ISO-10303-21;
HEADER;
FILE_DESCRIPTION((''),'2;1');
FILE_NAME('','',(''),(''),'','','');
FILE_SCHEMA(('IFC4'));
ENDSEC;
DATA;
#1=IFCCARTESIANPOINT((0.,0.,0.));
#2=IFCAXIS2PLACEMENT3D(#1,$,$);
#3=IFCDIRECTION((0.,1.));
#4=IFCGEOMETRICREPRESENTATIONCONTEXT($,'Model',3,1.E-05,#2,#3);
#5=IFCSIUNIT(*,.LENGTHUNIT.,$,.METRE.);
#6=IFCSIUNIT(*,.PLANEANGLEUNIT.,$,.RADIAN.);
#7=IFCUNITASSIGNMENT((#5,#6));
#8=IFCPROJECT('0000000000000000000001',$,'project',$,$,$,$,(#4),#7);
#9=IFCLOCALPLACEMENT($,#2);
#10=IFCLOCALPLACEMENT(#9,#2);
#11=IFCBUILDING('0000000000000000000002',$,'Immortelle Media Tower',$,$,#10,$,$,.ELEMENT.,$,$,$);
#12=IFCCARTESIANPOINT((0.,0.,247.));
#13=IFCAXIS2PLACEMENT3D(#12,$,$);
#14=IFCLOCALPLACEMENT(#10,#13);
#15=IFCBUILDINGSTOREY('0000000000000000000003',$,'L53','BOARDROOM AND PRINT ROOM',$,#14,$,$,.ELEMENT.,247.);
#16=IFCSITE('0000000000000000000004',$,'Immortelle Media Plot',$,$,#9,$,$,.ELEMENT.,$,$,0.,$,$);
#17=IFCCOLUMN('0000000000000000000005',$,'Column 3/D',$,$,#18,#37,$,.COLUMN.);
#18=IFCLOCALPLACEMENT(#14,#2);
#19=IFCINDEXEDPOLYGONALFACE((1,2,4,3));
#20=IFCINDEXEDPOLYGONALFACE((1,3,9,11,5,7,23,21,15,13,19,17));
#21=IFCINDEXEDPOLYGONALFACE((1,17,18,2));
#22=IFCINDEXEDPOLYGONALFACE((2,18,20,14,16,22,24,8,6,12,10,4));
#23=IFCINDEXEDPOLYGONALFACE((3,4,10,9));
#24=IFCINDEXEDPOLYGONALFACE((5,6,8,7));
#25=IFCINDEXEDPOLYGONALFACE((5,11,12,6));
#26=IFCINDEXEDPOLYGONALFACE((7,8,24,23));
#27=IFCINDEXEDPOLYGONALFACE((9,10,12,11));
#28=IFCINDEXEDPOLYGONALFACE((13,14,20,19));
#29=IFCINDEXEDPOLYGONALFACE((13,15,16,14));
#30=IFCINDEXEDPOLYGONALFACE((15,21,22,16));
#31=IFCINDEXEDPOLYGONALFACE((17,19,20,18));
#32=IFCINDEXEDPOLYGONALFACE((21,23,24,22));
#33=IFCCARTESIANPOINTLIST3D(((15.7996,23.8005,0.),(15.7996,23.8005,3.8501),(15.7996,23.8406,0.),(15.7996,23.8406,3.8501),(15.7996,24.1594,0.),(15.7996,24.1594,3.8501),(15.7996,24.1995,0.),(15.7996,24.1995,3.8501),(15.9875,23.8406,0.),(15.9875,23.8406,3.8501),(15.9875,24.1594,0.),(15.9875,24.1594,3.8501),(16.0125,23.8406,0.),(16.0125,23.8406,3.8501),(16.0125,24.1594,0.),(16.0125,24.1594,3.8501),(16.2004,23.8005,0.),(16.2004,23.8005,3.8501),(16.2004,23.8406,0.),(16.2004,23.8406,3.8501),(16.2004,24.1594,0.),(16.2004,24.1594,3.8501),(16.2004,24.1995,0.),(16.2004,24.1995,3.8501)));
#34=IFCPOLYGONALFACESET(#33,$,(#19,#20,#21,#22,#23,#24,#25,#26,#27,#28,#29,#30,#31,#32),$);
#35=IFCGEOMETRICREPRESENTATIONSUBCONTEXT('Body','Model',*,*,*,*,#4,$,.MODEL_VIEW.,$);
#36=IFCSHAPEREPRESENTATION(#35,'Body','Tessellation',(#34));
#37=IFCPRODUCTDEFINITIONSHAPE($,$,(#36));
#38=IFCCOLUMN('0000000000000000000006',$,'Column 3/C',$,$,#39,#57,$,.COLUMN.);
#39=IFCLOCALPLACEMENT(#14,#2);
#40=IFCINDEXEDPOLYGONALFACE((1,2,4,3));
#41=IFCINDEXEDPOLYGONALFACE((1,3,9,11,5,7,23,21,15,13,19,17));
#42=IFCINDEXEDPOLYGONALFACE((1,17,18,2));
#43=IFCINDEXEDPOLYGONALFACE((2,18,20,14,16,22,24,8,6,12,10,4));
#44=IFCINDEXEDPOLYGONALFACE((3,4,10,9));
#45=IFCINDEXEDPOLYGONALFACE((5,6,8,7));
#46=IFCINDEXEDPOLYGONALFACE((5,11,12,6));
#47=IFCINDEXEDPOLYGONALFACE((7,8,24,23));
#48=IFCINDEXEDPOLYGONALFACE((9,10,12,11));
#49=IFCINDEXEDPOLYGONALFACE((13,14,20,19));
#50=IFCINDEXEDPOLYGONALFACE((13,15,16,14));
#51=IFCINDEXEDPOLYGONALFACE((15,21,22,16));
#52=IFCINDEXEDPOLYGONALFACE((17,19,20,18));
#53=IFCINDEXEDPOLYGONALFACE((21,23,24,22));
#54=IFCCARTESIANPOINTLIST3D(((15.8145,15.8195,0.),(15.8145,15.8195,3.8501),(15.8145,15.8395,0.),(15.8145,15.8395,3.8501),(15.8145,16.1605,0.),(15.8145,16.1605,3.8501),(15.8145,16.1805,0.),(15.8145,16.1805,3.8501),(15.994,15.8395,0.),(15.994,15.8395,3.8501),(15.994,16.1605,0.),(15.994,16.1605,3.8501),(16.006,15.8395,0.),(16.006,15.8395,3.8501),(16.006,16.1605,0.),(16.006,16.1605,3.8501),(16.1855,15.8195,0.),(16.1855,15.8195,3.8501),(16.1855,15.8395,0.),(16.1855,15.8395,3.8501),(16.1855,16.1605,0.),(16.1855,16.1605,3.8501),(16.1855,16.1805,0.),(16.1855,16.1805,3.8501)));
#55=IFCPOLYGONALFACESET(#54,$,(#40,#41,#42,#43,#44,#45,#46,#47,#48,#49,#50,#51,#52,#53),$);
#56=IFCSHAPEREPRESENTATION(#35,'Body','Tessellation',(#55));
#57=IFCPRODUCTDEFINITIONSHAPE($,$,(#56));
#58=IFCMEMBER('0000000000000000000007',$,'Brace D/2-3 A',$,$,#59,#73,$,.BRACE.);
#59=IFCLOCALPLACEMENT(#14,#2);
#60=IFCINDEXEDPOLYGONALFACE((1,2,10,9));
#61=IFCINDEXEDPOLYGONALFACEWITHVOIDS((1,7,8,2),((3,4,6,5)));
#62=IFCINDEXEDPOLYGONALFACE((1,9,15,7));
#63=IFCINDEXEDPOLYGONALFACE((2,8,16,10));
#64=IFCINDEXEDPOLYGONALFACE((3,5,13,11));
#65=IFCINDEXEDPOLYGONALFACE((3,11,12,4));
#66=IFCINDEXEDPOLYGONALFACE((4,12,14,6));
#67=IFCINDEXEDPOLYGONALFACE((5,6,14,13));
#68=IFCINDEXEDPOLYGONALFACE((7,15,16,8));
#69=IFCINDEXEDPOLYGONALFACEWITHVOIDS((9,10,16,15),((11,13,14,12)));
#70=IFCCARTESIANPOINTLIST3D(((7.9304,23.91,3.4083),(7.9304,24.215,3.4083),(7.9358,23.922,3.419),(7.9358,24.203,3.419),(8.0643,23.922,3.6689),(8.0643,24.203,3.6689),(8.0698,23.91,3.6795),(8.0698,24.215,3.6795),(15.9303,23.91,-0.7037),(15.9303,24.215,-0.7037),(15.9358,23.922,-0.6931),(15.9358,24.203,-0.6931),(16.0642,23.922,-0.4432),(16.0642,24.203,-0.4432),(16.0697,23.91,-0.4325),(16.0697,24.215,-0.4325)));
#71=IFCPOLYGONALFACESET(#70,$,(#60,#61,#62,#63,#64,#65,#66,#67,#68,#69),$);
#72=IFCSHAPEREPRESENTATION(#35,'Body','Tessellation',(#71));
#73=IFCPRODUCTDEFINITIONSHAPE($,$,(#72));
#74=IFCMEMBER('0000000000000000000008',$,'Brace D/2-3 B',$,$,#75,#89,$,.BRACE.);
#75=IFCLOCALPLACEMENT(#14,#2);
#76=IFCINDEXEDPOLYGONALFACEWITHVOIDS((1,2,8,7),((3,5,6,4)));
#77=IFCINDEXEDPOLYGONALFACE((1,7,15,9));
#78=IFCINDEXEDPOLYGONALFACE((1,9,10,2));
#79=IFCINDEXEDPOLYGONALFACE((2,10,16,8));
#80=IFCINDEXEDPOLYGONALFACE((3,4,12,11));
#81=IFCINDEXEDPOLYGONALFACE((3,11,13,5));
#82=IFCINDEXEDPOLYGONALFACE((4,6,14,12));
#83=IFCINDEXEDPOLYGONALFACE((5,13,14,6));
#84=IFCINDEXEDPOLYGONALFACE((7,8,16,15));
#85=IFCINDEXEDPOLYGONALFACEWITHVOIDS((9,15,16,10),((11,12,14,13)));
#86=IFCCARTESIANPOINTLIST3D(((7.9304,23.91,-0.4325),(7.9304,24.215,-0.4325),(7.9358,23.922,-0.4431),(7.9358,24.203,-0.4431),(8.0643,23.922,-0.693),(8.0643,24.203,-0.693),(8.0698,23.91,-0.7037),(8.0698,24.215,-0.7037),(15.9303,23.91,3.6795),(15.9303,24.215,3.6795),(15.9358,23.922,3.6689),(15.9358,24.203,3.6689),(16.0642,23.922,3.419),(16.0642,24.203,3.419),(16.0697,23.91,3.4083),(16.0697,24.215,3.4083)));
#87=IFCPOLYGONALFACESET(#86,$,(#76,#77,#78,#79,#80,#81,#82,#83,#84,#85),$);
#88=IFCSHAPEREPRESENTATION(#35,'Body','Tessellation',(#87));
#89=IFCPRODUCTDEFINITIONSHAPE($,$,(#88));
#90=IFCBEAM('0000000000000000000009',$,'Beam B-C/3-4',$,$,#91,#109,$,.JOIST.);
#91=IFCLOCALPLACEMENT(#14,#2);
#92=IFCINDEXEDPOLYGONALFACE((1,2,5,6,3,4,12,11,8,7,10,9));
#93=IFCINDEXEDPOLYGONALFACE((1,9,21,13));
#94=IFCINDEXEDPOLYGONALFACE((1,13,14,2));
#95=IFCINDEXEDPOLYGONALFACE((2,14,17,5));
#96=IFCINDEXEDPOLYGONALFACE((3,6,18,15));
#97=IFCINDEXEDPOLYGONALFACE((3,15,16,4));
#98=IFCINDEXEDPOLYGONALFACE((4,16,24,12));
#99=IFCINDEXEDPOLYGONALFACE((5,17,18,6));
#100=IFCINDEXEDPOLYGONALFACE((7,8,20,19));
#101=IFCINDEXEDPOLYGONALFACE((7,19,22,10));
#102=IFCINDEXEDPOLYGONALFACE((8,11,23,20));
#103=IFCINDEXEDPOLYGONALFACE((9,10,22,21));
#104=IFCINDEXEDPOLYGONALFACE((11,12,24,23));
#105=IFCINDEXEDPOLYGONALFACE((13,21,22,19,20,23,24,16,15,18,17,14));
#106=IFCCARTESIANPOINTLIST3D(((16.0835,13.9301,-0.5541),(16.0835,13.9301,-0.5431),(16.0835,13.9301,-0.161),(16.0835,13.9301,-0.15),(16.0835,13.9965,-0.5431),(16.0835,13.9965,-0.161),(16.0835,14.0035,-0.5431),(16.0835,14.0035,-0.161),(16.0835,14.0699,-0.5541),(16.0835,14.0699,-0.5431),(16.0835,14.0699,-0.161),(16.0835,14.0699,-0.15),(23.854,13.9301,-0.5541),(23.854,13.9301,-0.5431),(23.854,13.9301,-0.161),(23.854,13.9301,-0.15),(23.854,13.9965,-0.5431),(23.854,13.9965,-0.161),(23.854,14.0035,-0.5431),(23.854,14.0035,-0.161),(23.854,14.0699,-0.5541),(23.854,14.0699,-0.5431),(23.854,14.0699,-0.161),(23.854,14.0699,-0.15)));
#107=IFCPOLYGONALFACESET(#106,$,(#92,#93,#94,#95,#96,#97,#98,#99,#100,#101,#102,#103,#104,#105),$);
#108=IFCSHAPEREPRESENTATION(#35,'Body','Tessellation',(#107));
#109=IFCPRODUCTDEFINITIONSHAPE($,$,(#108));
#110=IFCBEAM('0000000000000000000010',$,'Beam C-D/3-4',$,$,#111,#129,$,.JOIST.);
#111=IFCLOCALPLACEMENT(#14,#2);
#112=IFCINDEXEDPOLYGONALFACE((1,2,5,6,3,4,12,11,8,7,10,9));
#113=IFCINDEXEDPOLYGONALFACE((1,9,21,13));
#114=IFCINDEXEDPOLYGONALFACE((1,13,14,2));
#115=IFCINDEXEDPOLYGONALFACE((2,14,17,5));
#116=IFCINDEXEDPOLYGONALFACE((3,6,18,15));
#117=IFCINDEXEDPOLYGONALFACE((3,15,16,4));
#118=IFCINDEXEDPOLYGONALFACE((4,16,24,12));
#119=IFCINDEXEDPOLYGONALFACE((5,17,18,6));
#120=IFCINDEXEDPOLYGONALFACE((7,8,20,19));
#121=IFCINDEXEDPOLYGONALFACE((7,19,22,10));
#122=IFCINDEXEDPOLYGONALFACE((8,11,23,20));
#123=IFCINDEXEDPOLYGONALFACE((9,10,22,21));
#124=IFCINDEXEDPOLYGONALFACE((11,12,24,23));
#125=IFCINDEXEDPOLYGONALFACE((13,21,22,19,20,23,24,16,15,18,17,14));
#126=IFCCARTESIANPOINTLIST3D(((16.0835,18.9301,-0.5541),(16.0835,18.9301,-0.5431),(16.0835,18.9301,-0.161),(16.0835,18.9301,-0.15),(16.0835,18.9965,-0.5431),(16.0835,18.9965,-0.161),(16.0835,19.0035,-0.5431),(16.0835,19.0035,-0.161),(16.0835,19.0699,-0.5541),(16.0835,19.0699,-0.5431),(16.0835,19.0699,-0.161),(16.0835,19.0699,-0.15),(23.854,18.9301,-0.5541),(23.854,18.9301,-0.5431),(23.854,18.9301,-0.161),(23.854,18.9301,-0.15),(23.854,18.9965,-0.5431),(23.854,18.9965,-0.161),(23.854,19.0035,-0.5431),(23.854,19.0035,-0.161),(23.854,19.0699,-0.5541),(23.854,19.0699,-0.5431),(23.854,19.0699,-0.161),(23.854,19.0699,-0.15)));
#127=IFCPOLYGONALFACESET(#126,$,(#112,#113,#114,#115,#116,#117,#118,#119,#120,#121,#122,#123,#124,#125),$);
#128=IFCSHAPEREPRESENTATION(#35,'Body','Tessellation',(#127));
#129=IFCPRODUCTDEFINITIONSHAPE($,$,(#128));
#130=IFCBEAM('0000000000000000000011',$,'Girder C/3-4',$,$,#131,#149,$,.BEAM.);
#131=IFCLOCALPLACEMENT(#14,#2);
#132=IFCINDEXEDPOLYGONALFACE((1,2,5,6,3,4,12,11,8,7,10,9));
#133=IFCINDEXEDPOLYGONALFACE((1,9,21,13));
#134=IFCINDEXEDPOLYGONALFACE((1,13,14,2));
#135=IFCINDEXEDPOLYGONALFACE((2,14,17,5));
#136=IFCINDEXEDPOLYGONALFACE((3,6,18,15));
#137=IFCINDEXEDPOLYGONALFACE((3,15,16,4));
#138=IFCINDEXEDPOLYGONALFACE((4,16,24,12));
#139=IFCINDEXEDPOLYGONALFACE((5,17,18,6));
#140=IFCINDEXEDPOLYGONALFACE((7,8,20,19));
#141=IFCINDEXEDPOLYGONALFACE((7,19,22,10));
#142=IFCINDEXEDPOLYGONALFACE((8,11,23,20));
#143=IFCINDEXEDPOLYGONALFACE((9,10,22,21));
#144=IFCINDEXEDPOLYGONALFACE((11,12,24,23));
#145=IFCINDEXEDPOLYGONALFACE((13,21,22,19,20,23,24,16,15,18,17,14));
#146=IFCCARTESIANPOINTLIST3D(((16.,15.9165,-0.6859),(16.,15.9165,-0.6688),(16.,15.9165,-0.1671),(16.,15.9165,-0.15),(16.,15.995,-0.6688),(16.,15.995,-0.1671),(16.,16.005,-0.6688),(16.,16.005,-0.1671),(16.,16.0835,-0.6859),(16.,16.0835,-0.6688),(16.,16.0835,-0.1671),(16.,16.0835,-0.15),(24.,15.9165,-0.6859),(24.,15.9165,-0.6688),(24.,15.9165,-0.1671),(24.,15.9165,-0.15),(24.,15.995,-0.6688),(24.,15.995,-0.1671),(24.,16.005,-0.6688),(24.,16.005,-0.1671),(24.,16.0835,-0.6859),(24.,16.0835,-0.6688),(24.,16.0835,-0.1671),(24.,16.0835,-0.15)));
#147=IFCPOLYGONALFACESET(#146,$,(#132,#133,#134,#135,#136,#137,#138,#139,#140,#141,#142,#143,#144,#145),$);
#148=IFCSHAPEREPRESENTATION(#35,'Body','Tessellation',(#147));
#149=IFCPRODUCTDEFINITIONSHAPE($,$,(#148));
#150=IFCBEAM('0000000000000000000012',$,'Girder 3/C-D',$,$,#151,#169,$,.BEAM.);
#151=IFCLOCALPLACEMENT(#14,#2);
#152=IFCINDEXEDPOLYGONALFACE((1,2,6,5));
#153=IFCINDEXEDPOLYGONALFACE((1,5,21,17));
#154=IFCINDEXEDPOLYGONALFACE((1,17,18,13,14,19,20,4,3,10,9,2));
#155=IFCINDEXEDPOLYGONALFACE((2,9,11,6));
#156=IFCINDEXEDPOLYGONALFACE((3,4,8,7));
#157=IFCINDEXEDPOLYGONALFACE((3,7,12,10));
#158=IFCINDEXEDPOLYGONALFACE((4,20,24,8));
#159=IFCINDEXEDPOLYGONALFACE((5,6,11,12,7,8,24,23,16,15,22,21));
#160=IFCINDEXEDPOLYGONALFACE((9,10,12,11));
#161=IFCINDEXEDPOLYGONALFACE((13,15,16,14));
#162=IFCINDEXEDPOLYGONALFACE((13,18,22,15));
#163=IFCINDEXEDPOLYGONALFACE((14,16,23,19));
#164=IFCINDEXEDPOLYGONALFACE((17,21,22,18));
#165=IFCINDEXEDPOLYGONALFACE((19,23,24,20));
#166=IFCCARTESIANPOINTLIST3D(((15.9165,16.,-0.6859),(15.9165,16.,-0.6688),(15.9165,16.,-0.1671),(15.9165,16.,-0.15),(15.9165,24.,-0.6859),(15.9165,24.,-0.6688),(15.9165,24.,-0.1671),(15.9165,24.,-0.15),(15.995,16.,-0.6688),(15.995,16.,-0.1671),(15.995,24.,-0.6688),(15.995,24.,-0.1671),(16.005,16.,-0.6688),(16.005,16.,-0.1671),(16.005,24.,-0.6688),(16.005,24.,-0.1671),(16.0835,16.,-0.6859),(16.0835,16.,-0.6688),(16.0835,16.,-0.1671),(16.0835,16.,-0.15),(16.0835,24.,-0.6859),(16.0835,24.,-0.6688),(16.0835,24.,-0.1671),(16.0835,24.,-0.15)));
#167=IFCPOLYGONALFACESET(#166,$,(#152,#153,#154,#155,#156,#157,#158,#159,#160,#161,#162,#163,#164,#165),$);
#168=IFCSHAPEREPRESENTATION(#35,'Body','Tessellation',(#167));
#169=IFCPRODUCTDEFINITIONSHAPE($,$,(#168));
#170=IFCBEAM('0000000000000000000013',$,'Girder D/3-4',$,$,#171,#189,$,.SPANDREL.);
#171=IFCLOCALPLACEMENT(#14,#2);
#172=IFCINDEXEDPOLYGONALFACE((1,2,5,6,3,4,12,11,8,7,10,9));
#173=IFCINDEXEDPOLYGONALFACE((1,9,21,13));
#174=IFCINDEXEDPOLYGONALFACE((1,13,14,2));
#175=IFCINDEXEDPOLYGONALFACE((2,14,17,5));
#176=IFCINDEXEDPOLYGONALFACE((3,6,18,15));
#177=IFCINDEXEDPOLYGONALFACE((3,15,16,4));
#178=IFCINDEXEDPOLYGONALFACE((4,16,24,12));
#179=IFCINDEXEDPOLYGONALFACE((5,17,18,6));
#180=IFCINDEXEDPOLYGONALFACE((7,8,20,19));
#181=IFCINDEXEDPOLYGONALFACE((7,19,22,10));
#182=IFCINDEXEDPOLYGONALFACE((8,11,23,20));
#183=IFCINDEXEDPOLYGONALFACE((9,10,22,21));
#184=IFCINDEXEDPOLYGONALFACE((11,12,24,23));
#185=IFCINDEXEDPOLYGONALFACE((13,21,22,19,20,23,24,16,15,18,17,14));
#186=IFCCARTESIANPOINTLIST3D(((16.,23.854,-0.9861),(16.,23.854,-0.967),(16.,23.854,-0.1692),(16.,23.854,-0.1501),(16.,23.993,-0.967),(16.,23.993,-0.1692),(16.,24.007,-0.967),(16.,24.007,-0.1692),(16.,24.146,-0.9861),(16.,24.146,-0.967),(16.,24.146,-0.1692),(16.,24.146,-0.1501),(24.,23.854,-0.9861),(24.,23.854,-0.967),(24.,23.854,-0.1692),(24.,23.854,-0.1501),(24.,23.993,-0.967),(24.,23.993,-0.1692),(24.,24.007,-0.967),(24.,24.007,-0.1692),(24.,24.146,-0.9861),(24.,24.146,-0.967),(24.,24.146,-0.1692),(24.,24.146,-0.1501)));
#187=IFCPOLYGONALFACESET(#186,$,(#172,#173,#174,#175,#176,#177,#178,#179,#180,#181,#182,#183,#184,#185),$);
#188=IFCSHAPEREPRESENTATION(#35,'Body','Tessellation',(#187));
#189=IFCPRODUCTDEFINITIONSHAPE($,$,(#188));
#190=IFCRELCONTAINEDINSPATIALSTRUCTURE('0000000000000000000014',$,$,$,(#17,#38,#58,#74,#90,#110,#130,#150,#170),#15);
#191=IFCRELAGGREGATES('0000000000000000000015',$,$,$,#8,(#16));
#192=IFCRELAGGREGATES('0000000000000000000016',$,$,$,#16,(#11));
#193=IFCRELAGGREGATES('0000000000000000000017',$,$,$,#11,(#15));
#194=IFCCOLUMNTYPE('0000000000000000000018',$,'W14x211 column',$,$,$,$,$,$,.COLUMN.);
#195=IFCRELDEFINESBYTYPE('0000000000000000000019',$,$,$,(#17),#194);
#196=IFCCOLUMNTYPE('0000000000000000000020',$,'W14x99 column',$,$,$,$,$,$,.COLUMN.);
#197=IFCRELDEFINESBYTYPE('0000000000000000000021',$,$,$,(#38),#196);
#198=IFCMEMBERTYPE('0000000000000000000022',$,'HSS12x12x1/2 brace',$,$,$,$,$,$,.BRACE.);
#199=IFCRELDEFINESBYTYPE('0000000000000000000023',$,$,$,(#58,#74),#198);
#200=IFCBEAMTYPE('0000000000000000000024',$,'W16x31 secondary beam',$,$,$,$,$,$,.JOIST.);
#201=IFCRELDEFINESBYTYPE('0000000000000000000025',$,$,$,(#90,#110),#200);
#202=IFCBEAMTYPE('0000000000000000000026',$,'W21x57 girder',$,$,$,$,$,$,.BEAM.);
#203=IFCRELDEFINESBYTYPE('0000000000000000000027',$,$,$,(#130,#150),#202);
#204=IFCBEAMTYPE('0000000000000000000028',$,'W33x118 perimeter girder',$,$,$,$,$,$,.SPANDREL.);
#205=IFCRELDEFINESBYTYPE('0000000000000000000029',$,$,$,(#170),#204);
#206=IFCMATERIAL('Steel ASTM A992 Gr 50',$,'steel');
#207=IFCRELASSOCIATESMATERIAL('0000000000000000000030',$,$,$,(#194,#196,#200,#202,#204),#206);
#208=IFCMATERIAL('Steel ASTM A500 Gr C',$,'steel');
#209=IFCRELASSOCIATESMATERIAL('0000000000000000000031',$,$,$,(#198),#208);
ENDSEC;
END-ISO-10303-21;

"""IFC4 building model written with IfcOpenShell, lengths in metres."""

from ifc_helpers import new_model, si_unit, direction, frame, origin, origin_2d, place, context, subcontext, project, spatial, hollow_rectangle, i_section, extrude, material, material_profile, profile_set, type_object, element, save


model = new_model("IFC4")

# Units and contexts
model_context = context("Model", 3, precision=1e-05, world=origin(), true_north=direction((0.0, 1.0)))
body_context = subcontext(model_context, "Body", "Model", "MODEL_VIEW")
ifc_project = project(units=[si_unit("LENGTHUNIT", "METRE"), si_unit("PLANEANGLEUNIT", "RADIAN")], contexts=[model_context])

# Site, building, storey
site_placement = place(None, origin())
site = spatial("IfcSite", under=ifc_project, at=site_placement, Name="Immortelle Media Plot", CompositionType="ELEMENT", RefElevation=0.0)
building_placement = place(site_placement, origin())
building = spatial("IfcBuilding", under=site, at=building_placement, Name="Immortelle Media Tower", CompositionType="ELEMENT")
storey_placement = place(building_placement, frame((0.0, 0.0, 247.0)))
storey = spatial("IfcBuildingStorey", under=building, at=storey_placement, Name="L53", Description="BOARDROOM AND PRINT ROOM", CompositionType="ELEMENT", Elevation=247.0)

# Columns
ifc_material_1 = material(Name="Steel ASTM A992 Gr 50", Category="steel")
ifc_material_profile_1 = material_profile(ifc_material_1, i_section(OverallWidth=0.4009, OverallDepth=0.3989, WebThickness=0.0249, FlangeThickness=0.04, at=origin_2d()), Name="W14x211")
ifc_profile_set_1 = profile_set([ifc_material_profile_1], Name="Steel ASTM A992 Gr 50")
column_type_1 = type_object("IfcColumnType", Name="W14x211 column", PredefinedType="COLUMN", material=ifc_profile_set_1)
column_1_placement = place(storey_placement, frame((16.0, 24.0, 0.0), z_axis=(0.0, 0.0, 1.0), x_axis=(1.0, 0.0, 0.0)))
element("IfcColumn", 1, at=column_1_placement, inside=storey, type_object=column_type_1, Name="Column 3/D", PredefinedType="COLUMN", context=body_context, shape_type="SweptSolid", body=[
    extrude(i_section(OverallWidth=0.4009, OverallDepth=0.3989, WebThickness=0.0249, FlangeThickness=0.04, at=origin_2d()), origin(), (0.0, 0.0, 1.0), 3.8501),
])
ifc_material_profile_2 = material_profile(ifc_material_1, i_section(OverallWidth=0.3711, OverallDepth=0.3611, WebThickness=0.012, FlangeThickness=0.02, at=origin_2d()), Name="W14x99")
ifc_profile_set_2 = profile_set([ifc_material_profile_2], Name="Steel ASTM A992 Gr 50")
column_type_2 = type_object("IfcColumnType", Name="W14x99 column", PredefinedType="COLUMN", material=ifc_profile_set_2)
column_2_placement = place(storey_placement, frame((16.0, 16.0, 0.0), z_axis=(0.0, 0.0, 1.0), x_axis=(1.0, 0.0, 0.0)))
element("IfcColumn", 2, at=column_2_placement, inside=storey, type_object=column_type_2, Name="Column 3/C", PredefinedType="COLUMN", context=body_context, shape_type="SweptSolid", body=[
    extrude(i_section(OverallWidth=0.3711, OverallDepth=0.3611, WebThickness=0.012, FlangeThickness=0.02, at=origin_2d()), origin(), (0.0, 0.0, 1.0), 3.8501),
])

# Members
ifc_material_2 = material(Name="Steel ASTM A500 Gr C", Category="steel")
ifc_material_profile_3 = material_profile(ifc_material_2, hollow_rectangle(XDim=0.3049, YDim=0.3049, WallThickness=0.012, at=origin_2d()), Name="HSS12x12x1/2 brace")
ifc_profile_set_3 = profile_set([ifc_material_profile_3], Name="Steel ASTM A500 Gr C")
member_type = type_object("IfcMemberType", Name="HSS12x12x1/2 brace", PredefinedType="BRACE", material=ifc_profile_set_3)
for number, where, z_axis, x_axis, name in (
    (3, (16.0, 24.0625, -0.5681), (-0.889388, 0.0, 0.457152), (0.0, -1.0, 0.0), "Brace D/2-3 A"),
    (4, (16.0, 24.0625, 3.5439), (-0.889388, 0.0, -0.457152), (0.0, -1.0, 0.0), "Brace D/2-3 B"),
):
    element("IfcMember", number, at=place(storey_placement, frame(where, z_axis=z_axis, x_axis=x_axis)), inside=storey, type_object=member_type, Name=name, PredefinedType="BRACE", context=body_context, shape_type="SweptSolid", body=[
        extrude(hollow_rectangle(XDim=0.3049, YDim=0.3049, WallThickness=0.012, at=origin_2d()), origin(), (0.0, 0.0, 1.0), 8.9949),
    ])

# Beams
ifc_material_profile_4 = material_profile(ifc_material_1, i_section(OverallWidth=0.1399, OverallDepth=0.4041, WebThickness=0.0071, FlangeThickness=0.011, at=origin_2d()), Name="W16x31")
ifc_profile_set_4 = profile_set([ifc_material_profile_4], Name="Steel ASTM A992 Gr 50")
beam_type_1 = type_object("IfcBeamType", Name="W16x31 secondary beam", PredefinedType="JOIST", material=ifc_profile_set_4)
for number, where, z_axis, x_axis, name in (
    (5, (16.0835, 14.0, -0.3521), (1.0, 0.0, 0.0), (0.0, 1.0, 0.0), "Beam B-C/3-4"),
    (6, (16.0835, 19.0, -0.3521), (1.0, 0.0, 0.0), (0.0, 1.0, 0.0), "Beam C-D/3-4"),
):
    element("IfcBeam", number, at=place(storey_placement, frame(where, z_axis=z_axis, x_axis=x_axis)), inside=storey, type_object=beam_type_1, Name=name, PredefinedType="JOIST", context=body_context, shape_type="SweptSolid", body=[
        extrude(i_section(OverallWidth=0.1399, OverallDepth=0.4041, WebThickness=0.0071, FlangeThickness=0.011, at=origin_2d()), origin(), (0.0, 0.0, 1.0), 7.7705),
    ])
ifc_material_profile_5 = material_profile(ifc_material_1, i_section(OverallWidth=0.167, OverallDepth=0.5359, WebThickness=0.01, FlangeThickness=0.0171, at=origin_2d()), Name="W21x57")
ifc_profile_set_5 = profile_set([ifc_material_profile_5], Name="Steel ASTM A992 Gr 50")
beam_type_2 = type_object("IfcBeamType", Name="W21x57 girder", PredefinedType="BEAM", material=ifc_profile_set_5)
for number, where, z_axis, x_axis, name in (
    (7, (16.0, 16.0, -0.418), (1.0, 0.0, 0.0), (0.0, 1.0, 0.0), "Girder C/3-4"),
    (8, (16.0, 16.0, -0.418), (0.0, 1.0, 0.0), (-1.0, 0.0, 0.0), "Girder 3/C-D"),
):
    element("IfcBeam", number, at=place(storey_placement, frame(where, z_axis=z_axis, x_axis=x_axis)), inside=storey, type_object=beam_type_2, Name=name, PredefinedType="BEAM", context=body_context, shape_type="SweptSolid", body=[
        extrude(i_section(OverallWidth=0.167, OverallDepth=0.5359, WebThickness=0.01, FlangeThickness=0.0171, at=origin_2d()), origin(), (0.0, 0.0, 1.0), 8.0),
    ])
ifc_material_profile_6 = material_profile(ifc_material_1, i_section(OverallWidth=0.292, OverallDepth=0.8359, WebThickness=0.0139, FlangeThickness=0.019, at=origin_2d()), Name="W33x118")
ifc_profile_set_6 = profile_set([ifc_material_profile_6], Name="Steel ASTM A992 Gr 50")
beam_type_3 = type_object("IfcBeamType", Name="W33x118 perimeter girder", PredefinedType="SPANDREL", material=ifc_profile_set_6)
beam_placement = place(storey_placement, frame((16.0, 24.0, -0.5681), z_axis=(1.0, 0.0, 0.0), x_axis=(0.0, 1.0, 0.0)))
element("IfcBeam", 9, at=beam_placement, inside=storey, type_object=beam_type_3, Name="Girder D/3-4", PredefinedType="SPANDREL", context=body_context, shape_type="SweptSolid", body=[
    extrude(i_section(OverallWidth=0.292, OverallDepth=0.8359, WebThickness=0.0139, FlangeThickness=0.019, at=origin_2d()), origin(), (0.0, 0.0, 1.0), 8.0),
])

save(model, "model.ifc")
